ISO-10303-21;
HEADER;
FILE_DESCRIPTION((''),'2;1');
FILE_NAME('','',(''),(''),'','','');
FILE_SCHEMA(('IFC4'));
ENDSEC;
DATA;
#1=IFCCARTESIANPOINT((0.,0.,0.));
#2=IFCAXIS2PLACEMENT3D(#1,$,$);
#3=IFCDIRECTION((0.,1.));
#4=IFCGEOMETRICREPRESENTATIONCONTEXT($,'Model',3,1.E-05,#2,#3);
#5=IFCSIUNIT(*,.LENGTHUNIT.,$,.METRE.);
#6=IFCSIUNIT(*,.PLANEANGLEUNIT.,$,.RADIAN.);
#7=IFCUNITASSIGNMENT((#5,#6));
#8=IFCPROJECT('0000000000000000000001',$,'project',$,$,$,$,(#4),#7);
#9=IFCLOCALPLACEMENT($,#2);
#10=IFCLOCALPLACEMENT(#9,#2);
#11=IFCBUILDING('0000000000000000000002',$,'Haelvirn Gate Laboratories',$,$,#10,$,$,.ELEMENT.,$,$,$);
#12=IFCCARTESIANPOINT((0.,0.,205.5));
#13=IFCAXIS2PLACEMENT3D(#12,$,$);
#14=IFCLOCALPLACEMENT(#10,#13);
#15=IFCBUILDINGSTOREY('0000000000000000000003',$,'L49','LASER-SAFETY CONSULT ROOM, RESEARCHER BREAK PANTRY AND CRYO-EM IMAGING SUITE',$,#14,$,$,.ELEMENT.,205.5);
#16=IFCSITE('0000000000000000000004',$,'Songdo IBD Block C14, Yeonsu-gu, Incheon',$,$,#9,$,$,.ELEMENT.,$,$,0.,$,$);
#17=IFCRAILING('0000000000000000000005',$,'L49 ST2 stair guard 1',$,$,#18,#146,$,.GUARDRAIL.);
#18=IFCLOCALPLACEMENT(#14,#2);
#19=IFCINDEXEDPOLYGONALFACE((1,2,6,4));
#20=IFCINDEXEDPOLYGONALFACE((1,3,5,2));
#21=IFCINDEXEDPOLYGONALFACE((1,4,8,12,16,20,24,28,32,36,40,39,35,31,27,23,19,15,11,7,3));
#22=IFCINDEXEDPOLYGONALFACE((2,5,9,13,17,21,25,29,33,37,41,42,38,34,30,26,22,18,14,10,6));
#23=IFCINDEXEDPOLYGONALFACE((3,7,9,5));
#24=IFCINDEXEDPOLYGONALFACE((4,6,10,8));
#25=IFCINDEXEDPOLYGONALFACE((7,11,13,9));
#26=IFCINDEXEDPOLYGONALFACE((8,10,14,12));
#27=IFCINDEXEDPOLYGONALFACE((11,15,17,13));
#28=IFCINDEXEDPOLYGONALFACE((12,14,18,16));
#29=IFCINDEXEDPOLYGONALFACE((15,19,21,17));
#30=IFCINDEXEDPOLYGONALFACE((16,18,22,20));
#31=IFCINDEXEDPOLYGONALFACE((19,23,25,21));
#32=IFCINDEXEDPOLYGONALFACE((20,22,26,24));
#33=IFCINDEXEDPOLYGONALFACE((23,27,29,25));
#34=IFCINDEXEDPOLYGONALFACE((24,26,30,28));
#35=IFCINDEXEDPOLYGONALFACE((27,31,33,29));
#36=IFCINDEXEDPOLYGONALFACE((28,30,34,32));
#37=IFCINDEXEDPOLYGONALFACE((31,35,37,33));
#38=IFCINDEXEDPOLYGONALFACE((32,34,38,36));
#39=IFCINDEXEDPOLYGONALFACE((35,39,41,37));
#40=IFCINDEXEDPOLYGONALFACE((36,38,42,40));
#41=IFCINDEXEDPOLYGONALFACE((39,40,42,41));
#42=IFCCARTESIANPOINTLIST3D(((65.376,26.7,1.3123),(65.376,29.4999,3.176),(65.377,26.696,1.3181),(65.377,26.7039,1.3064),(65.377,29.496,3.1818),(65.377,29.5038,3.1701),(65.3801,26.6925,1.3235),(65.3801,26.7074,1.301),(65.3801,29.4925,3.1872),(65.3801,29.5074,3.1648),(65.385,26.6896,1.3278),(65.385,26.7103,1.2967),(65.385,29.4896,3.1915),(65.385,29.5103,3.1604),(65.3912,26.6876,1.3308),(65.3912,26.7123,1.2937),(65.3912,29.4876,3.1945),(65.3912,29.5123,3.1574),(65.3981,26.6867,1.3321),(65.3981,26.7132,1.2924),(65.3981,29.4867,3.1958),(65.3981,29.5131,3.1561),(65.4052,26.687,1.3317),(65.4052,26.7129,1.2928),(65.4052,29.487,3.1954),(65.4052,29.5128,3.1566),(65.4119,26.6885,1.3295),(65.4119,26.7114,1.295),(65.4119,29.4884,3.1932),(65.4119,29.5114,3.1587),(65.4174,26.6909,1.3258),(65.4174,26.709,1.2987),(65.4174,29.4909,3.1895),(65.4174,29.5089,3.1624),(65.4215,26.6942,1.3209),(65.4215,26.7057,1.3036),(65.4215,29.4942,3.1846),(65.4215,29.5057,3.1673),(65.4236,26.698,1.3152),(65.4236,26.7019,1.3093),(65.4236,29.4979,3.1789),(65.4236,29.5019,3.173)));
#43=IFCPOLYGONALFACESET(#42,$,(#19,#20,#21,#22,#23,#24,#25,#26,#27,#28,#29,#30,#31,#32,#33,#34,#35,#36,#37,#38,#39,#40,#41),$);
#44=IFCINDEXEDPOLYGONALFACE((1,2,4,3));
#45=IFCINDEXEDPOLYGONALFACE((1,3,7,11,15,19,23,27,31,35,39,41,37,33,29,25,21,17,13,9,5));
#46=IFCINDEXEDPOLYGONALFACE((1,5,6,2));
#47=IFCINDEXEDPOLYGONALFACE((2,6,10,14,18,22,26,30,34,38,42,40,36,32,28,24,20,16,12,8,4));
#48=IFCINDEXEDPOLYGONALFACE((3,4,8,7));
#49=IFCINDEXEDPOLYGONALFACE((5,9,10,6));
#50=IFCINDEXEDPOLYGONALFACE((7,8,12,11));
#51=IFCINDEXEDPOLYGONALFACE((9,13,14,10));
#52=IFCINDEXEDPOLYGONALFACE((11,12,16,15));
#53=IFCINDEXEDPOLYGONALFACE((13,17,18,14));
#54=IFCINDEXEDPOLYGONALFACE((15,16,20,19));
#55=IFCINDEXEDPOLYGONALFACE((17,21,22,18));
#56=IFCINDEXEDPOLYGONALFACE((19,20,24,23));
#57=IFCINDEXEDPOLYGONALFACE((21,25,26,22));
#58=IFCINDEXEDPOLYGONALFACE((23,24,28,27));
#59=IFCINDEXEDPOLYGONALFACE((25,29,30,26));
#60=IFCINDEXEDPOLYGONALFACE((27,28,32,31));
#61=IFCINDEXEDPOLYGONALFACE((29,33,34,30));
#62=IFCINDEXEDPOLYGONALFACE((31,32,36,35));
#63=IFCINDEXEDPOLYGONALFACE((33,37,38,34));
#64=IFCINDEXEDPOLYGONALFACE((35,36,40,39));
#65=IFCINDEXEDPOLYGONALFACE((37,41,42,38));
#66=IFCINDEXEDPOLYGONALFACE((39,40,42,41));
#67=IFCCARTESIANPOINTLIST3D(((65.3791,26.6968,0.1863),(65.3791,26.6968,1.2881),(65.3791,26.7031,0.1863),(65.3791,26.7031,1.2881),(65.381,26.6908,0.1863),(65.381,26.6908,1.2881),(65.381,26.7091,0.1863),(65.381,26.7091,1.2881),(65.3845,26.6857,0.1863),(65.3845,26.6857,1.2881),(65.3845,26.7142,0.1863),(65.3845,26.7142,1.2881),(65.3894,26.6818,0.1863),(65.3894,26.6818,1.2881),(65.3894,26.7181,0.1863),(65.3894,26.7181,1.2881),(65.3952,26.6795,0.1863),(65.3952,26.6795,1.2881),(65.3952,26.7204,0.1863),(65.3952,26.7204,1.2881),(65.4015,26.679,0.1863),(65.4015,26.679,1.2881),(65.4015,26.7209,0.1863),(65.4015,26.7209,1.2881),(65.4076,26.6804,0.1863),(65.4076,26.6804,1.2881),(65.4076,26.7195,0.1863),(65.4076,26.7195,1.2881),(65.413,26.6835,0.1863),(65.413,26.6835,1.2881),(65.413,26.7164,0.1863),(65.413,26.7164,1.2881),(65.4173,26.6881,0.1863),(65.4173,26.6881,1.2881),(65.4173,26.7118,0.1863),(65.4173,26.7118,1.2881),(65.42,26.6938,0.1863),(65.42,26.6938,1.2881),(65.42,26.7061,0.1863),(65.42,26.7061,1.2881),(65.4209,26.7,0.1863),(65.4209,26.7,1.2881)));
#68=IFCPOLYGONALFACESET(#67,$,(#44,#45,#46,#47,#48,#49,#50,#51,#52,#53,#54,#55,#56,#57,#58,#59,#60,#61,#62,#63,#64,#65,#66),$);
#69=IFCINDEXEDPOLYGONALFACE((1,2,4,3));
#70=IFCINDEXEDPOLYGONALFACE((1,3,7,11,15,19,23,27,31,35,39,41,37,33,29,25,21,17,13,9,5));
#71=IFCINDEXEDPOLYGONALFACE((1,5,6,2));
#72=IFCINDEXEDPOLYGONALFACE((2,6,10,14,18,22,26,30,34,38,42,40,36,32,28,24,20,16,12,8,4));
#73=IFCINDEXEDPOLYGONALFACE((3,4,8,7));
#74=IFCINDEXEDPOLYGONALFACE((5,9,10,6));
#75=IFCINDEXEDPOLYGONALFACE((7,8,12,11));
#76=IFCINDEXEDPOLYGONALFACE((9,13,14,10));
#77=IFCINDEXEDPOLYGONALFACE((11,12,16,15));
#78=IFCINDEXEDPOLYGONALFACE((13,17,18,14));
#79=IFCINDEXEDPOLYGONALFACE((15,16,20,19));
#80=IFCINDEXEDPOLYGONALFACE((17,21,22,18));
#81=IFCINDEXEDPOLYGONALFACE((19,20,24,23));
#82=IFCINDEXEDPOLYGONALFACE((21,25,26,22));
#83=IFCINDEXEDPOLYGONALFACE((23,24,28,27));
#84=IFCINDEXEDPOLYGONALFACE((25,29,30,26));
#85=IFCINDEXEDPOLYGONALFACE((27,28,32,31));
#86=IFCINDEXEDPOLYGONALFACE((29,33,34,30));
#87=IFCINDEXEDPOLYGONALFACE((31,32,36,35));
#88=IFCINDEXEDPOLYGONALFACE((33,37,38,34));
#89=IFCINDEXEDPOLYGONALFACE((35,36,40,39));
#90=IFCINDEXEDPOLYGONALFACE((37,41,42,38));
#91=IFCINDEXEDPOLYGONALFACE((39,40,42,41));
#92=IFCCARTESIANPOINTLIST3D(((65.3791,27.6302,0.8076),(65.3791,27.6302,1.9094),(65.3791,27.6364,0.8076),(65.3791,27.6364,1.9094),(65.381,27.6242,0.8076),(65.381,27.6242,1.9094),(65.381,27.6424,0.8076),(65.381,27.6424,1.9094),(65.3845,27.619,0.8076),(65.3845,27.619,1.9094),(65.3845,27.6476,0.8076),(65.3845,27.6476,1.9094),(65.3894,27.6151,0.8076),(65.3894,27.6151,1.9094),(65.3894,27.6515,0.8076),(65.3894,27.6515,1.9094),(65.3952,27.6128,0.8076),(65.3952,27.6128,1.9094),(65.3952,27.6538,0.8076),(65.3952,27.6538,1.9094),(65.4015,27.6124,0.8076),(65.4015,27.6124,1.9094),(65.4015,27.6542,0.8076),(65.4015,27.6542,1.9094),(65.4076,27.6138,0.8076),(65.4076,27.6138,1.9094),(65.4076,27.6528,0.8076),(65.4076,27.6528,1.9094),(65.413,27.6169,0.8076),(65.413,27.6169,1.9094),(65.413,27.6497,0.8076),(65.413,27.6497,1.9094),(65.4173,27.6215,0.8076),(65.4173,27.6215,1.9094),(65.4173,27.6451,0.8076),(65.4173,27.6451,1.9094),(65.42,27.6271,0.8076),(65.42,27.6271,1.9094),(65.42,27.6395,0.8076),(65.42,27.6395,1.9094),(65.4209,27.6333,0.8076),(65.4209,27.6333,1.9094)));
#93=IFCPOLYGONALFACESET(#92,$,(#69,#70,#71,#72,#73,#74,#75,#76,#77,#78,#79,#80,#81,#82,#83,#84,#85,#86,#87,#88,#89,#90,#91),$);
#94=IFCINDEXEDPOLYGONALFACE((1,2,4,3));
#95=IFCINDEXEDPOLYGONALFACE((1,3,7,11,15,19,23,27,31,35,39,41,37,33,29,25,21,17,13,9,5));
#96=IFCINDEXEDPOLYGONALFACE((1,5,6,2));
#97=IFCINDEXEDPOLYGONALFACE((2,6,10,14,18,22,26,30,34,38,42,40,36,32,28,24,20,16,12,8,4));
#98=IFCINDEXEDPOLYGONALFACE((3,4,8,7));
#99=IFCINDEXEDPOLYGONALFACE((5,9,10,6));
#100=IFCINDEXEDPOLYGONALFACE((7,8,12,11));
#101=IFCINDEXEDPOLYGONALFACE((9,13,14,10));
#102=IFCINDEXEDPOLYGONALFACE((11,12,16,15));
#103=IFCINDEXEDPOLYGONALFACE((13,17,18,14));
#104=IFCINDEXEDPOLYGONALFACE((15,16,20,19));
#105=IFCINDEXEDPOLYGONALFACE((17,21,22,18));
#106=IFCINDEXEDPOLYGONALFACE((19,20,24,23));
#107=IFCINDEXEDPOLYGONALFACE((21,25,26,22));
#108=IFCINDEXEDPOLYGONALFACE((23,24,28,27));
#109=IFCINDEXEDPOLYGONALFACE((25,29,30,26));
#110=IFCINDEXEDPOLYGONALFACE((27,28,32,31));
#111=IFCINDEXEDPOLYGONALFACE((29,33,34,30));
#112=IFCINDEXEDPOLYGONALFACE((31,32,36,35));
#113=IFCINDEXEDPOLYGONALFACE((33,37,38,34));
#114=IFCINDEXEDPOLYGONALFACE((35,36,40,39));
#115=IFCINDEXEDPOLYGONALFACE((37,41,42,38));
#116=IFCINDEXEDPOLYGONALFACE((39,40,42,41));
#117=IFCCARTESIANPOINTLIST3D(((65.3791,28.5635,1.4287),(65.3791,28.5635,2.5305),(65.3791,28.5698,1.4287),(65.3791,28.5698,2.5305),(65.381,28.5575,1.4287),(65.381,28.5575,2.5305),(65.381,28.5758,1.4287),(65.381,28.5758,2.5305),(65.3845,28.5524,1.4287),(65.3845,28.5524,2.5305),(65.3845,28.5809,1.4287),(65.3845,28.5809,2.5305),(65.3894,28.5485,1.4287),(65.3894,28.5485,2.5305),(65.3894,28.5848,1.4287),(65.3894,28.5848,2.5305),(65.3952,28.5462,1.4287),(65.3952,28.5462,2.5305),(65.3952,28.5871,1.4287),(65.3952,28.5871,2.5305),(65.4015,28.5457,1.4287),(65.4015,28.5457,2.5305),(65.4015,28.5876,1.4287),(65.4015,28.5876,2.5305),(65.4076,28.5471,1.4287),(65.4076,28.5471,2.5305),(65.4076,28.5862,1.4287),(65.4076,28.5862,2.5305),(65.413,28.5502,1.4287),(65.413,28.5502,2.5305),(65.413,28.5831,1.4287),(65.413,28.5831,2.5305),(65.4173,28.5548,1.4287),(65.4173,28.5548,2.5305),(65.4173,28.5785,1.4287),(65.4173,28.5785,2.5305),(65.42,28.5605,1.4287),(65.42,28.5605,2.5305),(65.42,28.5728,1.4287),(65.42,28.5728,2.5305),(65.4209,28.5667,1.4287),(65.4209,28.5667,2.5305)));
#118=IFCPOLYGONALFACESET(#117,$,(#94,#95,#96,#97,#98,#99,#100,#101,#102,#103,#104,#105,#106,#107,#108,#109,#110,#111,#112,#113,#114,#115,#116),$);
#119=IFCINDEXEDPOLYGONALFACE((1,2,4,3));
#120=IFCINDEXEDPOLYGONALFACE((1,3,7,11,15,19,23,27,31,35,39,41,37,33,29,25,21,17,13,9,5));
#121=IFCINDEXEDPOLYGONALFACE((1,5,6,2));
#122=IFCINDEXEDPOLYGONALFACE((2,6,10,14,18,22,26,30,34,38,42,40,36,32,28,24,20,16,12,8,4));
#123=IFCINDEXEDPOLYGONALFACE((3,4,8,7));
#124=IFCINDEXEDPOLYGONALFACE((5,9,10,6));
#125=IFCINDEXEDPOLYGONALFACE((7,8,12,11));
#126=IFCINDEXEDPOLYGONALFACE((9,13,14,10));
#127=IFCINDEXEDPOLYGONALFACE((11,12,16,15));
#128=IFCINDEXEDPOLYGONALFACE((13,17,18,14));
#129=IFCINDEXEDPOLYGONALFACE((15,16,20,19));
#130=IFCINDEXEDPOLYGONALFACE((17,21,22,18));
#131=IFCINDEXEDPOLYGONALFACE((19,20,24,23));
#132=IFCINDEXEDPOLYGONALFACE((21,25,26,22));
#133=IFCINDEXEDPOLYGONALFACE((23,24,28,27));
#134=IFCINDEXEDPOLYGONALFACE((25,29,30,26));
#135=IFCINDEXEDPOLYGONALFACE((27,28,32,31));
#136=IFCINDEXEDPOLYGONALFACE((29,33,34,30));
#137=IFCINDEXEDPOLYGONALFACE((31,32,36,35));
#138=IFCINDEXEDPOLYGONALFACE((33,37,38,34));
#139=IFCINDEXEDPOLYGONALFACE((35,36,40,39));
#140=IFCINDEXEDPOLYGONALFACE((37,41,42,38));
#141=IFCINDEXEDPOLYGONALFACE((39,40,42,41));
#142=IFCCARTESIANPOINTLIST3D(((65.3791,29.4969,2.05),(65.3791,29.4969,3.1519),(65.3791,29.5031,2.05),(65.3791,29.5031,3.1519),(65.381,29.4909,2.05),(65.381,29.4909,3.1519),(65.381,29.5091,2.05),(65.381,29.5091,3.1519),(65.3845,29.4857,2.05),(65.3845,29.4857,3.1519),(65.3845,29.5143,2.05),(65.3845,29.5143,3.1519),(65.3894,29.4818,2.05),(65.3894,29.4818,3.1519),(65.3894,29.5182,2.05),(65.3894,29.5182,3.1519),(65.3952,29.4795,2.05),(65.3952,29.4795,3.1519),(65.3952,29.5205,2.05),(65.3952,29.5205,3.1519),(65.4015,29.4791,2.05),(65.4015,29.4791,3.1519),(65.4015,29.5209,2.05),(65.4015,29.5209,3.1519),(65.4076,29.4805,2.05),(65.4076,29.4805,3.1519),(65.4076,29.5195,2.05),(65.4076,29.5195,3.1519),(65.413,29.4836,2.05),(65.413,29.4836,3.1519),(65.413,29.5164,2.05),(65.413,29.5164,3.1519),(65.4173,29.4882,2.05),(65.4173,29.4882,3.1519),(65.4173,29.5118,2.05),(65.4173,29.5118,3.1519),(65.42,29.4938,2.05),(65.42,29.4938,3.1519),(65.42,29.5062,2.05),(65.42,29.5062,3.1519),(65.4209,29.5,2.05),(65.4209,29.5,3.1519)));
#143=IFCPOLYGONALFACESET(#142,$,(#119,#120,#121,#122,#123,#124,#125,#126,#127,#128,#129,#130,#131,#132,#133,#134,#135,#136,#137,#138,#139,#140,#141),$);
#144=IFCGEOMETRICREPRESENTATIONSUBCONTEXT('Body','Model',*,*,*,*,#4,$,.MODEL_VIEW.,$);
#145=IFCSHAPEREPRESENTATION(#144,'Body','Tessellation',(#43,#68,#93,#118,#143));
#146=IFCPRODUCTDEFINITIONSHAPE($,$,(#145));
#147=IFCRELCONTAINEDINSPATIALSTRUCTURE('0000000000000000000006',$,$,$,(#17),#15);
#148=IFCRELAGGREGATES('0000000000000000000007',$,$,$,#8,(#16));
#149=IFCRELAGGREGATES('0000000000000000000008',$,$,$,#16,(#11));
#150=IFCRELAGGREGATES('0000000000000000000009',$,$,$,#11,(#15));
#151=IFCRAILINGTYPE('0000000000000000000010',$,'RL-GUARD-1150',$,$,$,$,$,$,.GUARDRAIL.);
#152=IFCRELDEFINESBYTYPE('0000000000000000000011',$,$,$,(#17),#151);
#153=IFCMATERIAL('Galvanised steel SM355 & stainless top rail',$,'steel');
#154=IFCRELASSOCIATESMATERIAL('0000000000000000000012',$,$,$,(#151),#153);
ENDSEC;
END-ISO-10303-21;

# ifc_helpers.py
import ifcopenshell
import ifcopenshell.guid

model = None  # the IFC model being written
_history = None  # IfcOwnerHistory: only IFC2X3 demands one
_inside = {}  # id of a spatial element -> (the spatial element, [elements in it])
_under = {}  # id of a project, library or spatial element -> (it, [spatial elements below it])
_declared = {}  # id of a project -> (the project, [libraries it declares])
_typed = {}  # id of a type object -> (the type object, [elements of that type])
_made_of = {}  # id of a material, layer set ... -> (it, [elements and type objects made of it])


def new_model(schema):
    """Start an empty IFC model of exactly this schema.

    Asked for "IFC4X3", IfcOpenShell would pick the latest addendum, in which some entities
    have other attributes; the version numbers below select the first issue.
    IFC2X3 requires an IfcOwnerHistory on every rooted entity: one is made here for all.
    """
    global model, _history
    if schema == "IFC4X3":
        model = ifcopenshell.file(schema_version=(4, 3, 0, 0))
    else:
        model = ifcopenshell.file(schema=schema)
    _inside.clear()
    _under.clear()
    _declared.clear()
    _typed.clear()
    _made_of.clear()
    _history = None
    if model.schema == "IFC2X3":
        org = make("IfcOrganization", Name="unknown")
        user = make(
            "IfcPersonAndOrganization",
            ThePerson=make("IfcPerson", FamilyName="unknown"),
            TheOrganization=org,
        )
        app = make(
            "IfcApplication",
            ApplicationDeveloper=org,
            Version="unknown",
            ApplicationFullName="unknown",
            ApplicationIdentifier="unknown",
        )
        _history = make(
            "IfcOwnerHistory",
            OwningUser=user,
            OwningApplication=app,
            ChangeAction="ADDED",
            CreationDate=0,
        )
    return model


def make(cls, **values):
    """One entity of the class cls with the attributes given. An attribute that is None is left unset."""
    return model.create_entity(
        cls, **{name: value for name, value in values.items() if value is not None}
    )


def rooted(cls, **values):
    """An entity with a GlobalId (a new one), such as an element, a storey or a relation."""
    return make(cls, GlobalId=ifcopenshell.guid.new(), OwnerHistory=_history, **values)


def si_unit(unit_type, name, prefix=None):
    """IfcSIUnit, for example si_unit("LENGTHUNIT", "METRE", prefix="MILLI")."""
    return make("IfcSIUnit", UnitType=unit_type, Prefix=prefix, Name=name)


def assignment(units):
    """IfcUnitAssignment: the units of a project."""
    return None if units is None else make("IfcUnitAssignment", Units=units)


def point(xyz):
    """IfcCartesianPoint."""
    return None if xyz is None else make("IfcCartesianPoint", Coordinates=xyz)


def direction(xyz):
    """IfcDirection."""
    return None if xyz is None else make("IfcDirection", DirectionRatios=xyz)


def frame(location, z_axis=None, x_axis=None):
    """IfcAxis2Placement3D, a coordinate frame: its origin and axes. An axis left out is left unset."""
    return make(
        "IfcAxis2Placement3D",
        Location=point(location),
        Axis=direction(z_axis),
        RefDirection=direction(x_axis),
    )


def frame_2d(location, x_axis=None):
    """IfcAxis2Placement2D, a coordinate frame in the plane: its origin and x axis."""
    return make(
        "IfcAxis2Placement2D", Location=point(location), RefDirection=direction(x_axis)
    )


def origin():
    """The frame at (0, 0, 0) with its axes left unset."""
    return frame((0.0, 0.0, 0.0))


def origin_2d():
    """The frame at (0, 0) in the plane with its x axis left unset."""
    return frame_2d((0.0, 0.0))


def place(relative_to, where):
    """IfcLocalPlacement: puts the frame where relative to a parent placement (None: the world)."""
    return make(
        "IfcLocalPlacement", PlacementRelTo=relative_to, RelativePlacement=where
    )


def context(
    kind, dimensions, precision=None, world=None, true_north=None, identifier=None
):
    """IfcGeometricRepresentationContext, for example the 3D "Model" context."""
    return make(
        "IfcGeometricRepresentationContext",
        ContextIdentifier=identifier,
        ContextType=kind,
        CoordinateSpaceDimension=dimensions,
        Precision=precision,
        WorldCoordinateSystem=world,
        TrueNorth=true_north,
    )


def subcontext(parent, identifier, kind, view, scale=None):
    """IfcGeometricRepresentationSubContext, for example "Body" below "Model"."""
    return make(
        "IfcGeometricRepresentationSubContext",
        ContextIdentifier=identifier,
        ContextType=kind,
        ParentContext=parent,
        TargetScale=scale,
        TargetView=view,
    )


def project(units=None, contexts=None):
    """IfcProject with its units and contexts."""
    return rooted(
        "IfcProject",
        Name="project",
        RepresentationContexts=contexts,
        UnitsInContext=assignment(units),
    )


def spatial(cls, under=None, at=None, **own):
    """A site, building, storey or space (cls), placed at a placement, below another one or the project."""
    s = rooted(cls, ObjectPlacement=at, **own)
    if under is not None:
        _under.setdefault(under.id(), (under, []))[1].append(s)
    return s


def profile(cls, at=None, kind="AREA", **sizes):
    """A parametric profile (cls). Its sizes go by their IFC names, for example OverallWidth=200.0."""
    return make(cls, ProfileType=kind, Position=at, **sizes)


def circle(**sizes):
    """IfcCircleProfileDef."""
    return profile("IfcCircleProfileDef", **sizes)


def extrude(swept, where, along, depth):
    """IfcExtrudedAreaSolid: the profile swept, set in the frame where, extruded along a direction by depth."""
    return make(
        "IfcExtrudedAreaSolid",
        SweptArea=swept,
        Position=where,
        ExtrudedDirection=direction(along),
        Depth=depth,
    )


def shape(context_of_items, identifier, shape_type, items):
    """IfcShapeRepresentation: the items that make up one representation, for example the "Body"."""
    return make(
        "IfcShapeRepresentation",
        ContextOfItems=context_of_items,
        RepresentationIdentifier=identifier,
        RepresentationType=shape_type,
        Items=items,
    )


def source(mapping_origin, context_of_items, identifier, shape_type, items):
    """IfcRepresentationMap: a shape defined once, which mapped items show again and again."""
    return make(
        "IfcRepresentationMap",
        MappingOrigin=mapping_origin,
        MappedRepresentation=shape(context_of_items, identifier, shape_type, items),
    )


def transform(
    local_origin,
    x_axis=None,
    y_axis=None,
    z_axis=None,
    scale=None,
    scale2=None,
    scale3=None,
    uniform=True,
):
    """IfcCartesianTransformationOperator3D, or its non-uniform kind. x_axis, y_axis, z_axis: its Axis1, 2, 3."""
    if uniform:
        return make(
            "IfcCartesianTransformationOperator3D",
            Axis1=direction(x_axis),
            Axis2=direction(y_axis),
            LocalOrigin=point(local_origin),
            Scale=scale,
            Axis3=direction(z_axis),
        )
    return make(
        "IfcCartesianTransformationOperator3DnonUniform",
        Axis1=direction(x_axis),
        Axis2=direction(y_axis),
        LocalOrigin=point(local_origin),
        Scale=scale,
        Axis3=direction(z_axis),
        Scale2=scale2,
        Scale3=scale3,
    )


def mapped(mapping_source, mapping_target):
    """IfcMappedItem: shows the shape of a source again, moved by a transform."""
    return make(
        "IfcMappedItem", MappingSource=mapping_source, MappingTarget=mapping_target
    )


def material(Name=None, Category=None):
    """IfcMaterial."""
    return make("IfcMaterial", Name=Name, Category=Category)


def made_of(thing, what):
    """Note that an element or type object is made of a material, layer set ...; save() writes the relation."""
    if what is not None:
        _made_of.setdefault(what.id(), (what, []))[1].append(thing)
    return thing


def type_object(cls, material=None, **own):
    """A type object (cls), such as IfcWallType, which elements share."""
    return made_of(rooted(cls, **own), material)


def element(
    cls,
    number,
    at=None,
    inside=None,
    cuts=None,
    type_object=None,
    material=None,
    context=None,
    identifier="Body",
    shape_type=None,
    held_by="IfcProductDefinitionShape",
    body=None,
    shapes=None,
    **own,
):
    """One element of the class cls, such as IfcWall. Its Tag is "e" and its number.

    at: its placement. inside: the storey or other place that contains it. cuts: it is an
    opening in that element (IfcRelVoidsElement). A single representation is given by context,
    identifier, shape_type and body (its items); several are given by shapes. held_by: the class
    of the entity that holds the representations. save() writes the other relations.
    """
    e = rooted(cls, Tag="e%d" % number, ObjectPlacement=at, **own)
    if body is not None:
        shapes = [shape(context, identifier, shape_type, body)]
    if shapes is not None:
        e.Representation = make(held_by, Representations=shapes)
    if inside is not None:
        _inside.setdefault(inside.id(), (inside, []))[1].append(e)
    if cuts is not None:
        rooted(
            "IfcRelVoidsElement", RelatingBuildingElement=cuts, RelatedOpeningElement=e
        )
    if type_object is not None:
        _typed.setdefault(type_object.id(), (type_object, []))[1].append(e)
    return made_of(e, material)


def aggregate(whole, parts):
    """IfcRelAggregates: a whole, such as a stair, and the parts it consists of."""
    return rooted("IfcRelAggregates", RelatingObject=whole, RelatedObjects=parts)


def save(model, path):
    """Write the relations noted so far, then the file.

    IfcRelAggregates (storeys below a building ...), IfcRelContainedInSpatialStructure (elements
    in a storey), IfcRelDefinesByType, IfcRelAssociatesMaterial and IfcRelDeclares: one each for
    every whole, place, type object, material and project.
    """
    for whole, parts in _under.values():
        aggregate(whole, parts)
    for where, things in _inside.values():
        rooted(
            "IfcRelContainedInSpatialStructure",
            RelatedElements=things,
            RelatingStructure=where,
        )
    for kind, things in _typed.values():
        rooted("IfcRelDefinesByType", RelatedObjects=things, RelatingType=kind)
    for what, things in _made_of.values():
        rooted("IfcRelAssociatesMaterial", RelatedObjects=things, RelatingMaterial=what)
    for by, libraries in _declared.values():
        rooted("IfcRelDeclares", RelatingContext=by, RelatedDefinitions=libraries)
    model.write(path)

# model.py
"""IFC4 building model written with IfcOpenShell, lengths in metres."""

from ifc_helpers import new_model, si_unit, direction, frame, origin, origin_2d, place, context, subcontext, project, spatial, circle, extrude, source, transform, mapped, material, type_object, element, save


model = new_model("IFC4")

# Units and contexts
model_context = context("Model", 3, precision=1e-05, world=origin(), true_north=direction((0.0, 1.0)))
body_context = subcontext(model_context, "Body", "Model", "MODEL_VIEW")
ifc_project = project(units=[si_unit("LENGTHUNIT", "METRE"), si_unit("PLANEANGLEUNIT", "RADIAN")], contexts=[model_context])

# Site, building, storey
site_placement = place(None, origin())
site = spatial("IfcSite", under=ifc_project, at=site_placement, Name="Songdo IBD Block C14, Yeonsu-gu, Incheon", CompositionType="ELEMENT", RefElevation=0.0)
building_placement = place(site_placement, origin())
building = spatial("IfcBuilding", under=site, at=building_placement, Name="Haelvirn Gate Laboratories", CompositionType="ELEMENT")
storey_placement = place(building_placement, frame((0.0, 0.0, 205.5)))
storey = spatial("IfcBuildingStorey", under=building, at=storey_placement, Name="L49", Description="LASER-SAFETY CONSULT ROOM, RESEARCHER BREAK PANTRY AND CRYO-EM IMAGING SUITE", CompositionType="ELEMENT", Elevation=205.5)

# Railing
ifc_material_1 = material(Name="Galvanised steel SM355 & stainless top rail", Category="steel")
railing_type_1 = type_object("IfcRailingType", Name="RL-GUARD-1150", PredefinedType="GUARDRAIL", material=ifc_material_1)
shared_shape_1 = source(origin(), body_context, "Body", "SweptSolid", [
    extrude(circle(Radius=0.0239, at=origin_2d()), frame((0.0, 0.0, 1.126), z_axis=(0.0, 0.832452, 0.554097), x_axis=(-1.0, 0.0, 0.0)), (0.0, 0.0, 1.0), 3.3635),
    extrude(circle(Radius=0.021, at=origin_2d()), origin(), (0.0, 0.0, 1.0), 1.1018),
    extrude(circle(Radius=0.021, at=origin_2d()), frame((0.0, 0.9333, 0.6213)), (0.0, 0.0, 1.0), 1.1018),
    extrude(circle(Radius=0.021, at=origin_2d()), frame((0.0, 1.8667, 1.2424)), (0.0, 0.0, 1.0), 1.1018),
    extrude(circle(Radius=0.021, at=origin_2d()), frame((0.0, 2.8, 1.8638)), (0.0, 0.0, 1.0), 1.1018),
])
railing_1_placement = place(storey_placement, frame((65.3999, 26.7, 0.1863)))
element("IfcRailing", 1, at=railing_1_placement, inside=storey, type_object=railing_type_1, Name="L49 ST2 stair guard 1", PredefinedType="GUARDRAIL", context=body_context, shape_type="MappedRepresentation", body=[
    mapped(shared_shape_1, transform((0.0, 0.0, 0.0), scale=1.0)),
])

save(model, "model.ifc")
